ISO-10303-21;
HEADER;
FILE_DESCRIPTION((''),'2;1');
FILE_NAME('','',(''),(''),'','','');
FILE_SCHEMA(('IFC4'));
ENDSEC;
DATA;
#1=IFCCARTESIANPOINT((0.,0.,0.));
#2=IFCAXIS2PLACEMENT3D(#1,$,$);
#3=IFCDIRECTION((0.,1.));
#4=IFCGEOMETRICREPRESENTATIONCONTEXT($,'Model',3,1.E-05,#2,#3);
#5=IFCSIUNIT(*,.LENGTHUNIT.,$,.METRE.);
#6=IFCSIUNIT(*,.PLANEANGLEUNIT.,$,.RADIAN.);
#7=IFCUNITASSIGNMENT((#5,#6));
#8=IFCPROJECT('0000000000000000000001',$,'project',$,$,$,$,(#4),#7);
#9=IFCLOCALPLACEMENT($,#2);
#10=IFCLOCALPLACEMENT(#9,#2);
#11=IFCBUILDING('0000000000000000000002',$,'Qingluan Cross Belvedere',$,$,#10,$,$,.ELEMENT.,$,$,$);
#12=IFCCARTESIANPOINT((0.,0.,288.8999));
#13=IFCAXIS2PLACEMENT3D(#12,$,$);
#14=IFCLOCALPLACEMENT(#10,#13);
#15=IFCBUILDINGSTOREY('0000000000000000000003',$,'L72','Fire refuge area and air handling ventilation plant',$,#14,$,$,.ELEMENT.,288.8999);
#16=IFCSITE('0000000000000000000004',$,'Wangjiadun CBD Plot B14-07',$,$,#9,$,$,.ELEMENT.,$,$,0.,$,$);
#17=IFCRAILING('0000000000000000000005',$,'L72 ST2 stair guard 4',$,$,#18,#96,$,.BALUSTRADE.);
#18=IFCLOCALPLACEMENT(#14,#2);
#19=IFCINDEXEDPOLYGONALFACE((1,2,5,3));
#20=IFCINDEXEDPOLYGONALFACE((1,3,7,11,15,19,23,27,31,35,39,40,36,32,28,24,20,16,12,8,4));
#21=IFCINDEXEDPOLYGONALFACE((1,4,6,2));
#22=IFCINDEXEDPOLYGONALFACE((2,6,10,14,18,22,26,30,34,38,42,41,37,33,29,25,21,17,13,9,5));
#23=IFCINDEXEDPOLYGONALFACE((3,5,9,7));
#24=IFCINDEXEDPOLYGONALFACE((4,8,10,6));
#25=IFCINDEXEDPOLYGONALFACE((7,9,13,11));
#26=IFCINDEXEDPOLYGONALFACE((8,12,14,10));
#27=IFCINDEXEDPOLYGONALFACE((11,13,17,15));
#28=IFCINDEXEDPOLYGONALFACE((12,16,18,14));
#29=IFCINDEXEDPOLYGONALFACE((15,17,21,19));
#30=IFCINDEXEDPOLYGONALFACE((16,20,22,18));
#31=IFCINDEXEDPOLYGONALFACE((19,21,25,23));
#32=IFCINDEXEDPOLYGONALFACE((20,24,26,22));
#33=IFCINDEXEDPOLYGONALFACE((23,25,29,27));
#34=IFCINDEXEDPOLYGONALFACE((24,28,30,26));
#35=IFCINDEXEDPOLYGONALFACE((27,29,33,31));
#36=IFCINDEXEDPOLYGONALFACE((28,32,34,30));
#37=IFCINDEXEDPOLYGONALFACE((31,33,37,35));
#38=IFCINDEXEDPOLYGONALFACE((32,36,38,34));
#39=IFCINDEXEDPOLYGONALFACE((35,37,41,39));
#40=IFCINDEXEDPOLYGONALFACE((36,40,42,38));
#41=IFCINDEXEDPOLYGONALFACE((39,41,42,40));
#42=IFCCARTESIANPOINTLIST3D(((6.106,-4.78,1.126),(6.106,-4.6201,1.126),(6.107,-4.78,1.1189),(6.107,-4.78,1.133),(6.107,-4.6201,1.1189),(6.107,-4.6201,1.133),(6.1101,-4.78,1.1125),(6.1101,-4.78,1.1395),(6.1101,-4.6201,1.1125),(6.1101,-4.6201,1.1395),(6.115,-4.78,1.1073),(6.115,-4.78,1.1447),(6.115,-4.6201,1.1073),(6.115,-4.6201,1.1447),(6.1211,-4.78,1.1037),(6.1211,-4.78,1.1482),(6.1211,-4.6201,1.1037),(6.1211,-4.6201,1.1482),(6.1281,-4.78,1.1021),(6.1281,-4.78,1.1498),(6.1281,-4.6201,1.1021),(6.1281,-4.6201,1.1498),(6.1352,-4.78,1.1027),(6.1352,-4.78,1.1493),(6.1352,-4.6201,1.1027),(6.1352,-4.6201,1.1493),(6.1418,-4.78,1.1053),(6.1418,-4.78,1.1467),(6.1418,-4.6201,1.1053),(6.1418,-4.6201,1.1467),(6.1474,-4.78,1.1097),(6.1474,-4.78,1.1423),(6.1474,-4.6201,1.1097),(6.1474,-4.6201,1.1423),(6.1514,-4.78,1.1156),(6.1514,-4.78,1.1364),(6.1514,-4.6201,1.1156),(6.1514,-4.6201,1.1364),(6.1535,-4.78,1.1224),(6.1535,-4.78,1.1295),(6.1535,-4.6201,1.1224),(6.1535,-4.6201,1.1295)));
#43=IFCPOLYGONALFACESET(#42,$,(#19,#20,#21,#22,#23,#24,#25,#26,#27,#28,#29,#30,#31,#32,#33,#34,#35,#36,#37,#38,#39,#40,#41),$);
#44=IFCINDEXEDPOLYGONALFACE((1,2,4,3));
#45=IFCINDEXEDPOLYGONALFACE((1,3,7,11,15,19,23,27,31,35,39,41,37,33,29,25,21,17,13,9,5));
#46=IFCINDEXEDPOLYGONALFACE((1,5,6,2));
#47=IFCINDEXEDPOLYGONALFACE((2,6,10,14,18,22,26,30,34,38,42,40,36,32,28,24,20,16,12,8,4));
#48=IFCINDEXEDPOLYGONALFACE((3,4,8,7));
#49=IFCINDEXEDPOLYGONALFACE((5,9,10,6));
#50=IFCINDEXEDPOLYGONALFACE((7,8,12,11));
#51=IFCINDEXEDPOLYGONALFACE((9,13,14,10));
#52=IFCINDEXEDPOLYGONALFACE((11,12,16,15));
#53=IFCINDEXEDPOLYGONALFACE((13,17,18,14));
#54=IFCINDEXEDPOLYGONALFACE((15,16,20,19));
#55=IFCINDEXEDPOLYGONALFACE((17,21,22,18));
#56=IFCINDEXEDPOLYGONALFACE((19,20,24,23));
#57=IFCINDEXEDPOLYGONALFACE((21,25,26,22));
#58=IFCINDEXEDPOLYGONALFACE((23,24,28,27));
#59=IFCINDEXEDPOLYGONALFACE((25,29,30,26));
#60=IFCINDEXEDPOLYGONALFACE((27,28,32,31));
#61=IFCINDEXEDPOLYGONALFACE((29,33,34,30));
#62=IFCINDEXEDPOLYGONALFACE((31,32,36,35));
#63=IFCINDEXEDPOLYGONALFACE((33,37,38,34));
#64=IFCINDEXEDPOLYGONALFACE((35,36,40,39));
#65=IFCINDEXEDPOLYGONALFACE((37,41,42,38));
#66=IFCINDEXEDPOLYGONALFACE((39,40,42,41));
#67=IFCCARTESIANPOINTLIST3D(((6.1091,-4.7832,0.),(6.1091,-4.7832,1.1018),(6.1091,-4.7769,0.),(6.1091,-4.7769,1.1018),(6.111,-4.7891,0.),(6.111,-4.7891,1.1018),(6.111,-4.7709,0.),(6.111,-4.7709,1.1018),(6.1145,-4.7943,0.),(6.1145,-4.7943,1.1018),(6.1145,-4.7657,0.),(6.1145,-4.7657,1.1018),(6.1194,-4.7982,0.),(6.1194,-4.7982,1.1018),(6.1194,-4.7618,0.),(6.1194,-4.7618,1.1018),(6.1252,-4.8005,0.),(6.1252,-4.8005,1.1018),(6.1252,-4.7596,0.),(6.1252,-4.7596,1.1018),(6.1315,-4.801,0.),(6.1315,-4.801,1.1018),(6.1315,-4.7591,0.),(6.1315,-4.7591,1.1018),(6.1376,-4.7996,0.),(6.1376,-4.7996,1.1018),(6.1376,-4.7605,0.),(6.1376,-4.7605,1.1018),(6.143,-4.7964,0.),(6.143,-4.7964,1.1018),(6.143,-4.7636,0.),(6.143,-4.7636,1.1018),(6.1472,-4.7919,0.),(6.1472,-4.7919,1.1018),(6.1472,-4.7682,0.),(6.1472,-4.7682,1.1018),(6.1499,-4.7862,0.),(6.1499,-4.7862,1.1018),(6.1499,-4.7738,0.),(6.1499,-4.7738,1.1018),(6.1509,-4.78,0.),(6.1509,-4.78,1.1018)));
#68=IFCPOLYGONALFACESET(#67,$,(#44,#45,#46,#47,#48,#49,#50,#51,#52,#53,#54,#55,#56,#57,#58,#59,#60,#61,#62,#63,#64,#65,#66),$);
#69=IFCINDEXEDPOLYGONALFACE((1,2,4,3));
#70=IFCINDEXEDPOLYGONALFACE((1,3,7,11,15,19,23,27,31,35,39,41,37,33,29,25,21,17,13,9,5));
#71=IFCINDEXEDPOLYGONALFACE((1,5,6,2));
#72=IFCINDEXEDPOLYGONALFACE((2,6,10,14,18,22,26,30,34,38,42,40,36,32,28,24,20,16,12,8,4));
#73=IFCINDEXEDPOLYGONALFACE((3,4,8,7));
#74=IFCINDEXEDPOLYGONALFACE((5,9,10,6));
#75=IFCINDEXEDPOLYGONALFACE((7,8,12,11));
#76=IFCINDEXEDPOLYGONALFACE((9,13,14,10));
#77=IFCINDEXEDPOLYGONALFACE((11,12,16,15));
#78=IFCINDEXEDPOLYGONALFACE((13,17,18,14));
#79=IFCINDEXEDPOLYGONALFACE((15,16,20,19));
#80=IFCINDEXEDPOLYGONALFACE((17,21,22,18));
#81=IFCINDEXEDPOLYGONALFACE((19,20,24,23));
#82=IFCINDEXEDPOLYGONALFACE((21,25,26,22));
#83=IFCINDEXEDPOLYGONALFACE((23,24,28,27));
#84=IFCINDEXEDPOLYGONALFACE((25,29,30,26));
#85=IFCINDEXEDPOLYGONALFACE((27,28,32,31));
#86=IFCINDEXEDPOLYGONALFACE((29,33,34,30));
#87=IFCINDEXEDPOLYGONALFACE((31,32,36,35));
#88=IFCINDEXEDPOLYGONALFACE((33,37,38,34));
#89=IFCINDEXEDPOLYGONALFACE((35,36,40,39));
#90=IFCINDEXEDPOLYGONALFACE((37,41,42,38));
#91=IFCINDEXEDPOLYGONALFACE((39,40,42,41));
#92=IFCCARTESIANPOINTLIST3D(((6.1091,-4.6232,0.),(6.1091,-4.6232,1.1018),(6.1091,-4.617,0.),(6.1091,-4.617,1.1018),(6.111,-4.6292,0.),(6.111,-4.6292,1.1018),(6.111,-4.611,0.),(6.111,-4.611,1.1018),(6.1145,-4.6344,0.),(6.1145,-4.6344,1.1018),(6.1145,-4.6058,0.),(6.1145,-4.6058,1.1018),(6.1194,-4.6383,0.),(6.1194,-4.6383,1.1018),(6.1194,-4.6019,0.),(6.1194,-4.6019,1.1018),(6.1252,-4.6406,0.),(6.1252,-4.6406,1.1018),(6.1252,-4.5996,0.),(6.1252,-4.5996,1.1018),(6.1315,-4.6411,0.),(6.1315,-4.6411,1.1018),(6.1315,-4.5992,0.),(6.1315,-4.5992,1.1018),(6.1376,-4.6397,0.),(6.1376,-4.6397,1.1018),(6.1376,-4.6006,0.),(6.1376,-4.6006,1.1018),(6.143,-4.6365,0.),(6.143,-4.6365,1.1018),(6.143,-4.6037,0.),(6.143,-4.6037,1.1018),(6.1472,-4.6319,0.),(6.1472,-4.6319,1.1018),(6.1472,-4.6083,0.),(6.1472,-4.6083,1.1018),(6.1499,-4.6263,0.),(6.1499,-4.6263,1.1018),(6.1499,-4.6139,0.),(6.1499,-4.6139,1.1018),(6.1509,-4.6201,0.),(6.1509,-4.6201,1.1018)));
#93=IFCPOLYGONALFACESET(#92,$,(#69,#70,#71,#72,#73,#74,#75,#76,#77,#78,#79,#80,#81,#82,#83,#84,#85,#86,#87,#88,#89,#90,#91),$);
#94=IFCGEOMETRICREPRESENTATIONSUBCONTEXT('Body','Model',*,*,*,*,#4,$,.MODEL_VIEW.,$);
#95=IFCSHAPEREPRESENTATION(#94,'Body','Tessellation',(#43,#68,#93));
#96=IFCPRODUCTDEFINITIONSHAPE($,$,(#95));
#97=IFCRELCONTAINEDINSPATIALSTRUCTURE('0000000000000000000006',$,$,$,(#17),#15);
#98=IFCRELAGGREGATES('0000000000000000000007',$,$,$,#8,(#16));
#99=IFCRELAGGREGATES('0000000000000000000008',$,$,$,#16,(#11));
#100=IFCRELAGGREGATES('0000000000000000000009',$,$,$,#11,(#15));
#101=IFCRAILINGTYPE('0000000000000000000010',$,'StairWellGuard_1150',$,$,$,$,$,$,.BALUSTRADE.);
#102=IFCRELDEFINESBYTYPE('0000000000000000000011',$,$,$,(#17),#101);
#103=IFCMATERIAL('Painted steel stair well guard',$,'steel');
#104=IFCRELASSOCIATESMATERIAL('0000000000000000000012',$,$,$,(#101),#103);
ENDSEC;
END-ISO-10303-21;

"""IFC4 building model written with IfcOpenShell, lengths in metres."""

from ifc_helpers import new_model, si_unit, direction, frame, origin, origin_2d, place, context, subcontext, project, spatial, circle, extrude, material, type_object, element, save


model = new_model("IFC4")

# Units and contexts
model_context = context("Model", 3, precision=1e-05, world=origin(), true_north=direction((0.0, 1.0)))
body_context = subcontext(model_context, "Body", "Model", "MODEL_VIEW")
ifc_project = project(units=[si_unit("LENGTHUNIT", "METRE"), si_unit("PLANEANGLEUNIT", "RADIAN")], contexts=[model_context])

# Site, building, storey
site_placement = place(None, origin())
site = spatial("IfcSite", under=ifc_project, at=site_placement, Name="Wangjiadun CBD Plot B14-07", CompositionType="ELEMENT", RefElevation=0.0)
building_placement = place(site_placement, origin())
building = spatial("IfcBuilding", under=site, at=building_placement, Name="Qingluan Cross Belvedere", CompositionType="ELEMENT")
storey_placement = place(building_placement, frame((0.0, 0.0, 288.8999)))
storey = spatial("IfcBuildingStorey", under=building, at=storey_placement, Name="L72", Description="Fire refuge area and air handling ventilation plant", CompositionType="ELEMENT", Elevation=288.8999)

# Railing
ifc_material_1 = material(Name="Painted steel stair well guard", Category="steel")
railing_type_1 = type_object("IfcRailingType", Name="StairWellGuard_1150", PredefinedType="BALUSTRADE", material=ifc_material_1)
railing_1_placement = place(storey_placement, frame((6.1299, -4.78, 0.0)))
element("IfcRailing", 1, at=railing_1_placement, inside=storey, type_object=railing_type_1, Name="L72 ST2 stair guard 4", PredefinedType="BALUSTRADE", context=body_context, shape_type="SweptSolid", body=[
    extrude(circle(Radius=0.0239, at=origin_2d()), frame((0.0, 0.0, 1.126), z_axis=(0.0, 1.0, 0.0), x_axis=(-1.0, 0.0, 0.0)), (0.0, 0.0, 1.0), 0.1599),
    extrude(circle(Radius=0.021, at=origin_2d()), origin(), (0.0, 0.0, 1.0), 1.1018),
    extrude(circle(Radius=0.021, at=origin_2d()), frame((0.0, 0.1599, 0.0)), (0.0, 0.0, 1.0), 1.1018),
])

save(model, "model.ifc")
